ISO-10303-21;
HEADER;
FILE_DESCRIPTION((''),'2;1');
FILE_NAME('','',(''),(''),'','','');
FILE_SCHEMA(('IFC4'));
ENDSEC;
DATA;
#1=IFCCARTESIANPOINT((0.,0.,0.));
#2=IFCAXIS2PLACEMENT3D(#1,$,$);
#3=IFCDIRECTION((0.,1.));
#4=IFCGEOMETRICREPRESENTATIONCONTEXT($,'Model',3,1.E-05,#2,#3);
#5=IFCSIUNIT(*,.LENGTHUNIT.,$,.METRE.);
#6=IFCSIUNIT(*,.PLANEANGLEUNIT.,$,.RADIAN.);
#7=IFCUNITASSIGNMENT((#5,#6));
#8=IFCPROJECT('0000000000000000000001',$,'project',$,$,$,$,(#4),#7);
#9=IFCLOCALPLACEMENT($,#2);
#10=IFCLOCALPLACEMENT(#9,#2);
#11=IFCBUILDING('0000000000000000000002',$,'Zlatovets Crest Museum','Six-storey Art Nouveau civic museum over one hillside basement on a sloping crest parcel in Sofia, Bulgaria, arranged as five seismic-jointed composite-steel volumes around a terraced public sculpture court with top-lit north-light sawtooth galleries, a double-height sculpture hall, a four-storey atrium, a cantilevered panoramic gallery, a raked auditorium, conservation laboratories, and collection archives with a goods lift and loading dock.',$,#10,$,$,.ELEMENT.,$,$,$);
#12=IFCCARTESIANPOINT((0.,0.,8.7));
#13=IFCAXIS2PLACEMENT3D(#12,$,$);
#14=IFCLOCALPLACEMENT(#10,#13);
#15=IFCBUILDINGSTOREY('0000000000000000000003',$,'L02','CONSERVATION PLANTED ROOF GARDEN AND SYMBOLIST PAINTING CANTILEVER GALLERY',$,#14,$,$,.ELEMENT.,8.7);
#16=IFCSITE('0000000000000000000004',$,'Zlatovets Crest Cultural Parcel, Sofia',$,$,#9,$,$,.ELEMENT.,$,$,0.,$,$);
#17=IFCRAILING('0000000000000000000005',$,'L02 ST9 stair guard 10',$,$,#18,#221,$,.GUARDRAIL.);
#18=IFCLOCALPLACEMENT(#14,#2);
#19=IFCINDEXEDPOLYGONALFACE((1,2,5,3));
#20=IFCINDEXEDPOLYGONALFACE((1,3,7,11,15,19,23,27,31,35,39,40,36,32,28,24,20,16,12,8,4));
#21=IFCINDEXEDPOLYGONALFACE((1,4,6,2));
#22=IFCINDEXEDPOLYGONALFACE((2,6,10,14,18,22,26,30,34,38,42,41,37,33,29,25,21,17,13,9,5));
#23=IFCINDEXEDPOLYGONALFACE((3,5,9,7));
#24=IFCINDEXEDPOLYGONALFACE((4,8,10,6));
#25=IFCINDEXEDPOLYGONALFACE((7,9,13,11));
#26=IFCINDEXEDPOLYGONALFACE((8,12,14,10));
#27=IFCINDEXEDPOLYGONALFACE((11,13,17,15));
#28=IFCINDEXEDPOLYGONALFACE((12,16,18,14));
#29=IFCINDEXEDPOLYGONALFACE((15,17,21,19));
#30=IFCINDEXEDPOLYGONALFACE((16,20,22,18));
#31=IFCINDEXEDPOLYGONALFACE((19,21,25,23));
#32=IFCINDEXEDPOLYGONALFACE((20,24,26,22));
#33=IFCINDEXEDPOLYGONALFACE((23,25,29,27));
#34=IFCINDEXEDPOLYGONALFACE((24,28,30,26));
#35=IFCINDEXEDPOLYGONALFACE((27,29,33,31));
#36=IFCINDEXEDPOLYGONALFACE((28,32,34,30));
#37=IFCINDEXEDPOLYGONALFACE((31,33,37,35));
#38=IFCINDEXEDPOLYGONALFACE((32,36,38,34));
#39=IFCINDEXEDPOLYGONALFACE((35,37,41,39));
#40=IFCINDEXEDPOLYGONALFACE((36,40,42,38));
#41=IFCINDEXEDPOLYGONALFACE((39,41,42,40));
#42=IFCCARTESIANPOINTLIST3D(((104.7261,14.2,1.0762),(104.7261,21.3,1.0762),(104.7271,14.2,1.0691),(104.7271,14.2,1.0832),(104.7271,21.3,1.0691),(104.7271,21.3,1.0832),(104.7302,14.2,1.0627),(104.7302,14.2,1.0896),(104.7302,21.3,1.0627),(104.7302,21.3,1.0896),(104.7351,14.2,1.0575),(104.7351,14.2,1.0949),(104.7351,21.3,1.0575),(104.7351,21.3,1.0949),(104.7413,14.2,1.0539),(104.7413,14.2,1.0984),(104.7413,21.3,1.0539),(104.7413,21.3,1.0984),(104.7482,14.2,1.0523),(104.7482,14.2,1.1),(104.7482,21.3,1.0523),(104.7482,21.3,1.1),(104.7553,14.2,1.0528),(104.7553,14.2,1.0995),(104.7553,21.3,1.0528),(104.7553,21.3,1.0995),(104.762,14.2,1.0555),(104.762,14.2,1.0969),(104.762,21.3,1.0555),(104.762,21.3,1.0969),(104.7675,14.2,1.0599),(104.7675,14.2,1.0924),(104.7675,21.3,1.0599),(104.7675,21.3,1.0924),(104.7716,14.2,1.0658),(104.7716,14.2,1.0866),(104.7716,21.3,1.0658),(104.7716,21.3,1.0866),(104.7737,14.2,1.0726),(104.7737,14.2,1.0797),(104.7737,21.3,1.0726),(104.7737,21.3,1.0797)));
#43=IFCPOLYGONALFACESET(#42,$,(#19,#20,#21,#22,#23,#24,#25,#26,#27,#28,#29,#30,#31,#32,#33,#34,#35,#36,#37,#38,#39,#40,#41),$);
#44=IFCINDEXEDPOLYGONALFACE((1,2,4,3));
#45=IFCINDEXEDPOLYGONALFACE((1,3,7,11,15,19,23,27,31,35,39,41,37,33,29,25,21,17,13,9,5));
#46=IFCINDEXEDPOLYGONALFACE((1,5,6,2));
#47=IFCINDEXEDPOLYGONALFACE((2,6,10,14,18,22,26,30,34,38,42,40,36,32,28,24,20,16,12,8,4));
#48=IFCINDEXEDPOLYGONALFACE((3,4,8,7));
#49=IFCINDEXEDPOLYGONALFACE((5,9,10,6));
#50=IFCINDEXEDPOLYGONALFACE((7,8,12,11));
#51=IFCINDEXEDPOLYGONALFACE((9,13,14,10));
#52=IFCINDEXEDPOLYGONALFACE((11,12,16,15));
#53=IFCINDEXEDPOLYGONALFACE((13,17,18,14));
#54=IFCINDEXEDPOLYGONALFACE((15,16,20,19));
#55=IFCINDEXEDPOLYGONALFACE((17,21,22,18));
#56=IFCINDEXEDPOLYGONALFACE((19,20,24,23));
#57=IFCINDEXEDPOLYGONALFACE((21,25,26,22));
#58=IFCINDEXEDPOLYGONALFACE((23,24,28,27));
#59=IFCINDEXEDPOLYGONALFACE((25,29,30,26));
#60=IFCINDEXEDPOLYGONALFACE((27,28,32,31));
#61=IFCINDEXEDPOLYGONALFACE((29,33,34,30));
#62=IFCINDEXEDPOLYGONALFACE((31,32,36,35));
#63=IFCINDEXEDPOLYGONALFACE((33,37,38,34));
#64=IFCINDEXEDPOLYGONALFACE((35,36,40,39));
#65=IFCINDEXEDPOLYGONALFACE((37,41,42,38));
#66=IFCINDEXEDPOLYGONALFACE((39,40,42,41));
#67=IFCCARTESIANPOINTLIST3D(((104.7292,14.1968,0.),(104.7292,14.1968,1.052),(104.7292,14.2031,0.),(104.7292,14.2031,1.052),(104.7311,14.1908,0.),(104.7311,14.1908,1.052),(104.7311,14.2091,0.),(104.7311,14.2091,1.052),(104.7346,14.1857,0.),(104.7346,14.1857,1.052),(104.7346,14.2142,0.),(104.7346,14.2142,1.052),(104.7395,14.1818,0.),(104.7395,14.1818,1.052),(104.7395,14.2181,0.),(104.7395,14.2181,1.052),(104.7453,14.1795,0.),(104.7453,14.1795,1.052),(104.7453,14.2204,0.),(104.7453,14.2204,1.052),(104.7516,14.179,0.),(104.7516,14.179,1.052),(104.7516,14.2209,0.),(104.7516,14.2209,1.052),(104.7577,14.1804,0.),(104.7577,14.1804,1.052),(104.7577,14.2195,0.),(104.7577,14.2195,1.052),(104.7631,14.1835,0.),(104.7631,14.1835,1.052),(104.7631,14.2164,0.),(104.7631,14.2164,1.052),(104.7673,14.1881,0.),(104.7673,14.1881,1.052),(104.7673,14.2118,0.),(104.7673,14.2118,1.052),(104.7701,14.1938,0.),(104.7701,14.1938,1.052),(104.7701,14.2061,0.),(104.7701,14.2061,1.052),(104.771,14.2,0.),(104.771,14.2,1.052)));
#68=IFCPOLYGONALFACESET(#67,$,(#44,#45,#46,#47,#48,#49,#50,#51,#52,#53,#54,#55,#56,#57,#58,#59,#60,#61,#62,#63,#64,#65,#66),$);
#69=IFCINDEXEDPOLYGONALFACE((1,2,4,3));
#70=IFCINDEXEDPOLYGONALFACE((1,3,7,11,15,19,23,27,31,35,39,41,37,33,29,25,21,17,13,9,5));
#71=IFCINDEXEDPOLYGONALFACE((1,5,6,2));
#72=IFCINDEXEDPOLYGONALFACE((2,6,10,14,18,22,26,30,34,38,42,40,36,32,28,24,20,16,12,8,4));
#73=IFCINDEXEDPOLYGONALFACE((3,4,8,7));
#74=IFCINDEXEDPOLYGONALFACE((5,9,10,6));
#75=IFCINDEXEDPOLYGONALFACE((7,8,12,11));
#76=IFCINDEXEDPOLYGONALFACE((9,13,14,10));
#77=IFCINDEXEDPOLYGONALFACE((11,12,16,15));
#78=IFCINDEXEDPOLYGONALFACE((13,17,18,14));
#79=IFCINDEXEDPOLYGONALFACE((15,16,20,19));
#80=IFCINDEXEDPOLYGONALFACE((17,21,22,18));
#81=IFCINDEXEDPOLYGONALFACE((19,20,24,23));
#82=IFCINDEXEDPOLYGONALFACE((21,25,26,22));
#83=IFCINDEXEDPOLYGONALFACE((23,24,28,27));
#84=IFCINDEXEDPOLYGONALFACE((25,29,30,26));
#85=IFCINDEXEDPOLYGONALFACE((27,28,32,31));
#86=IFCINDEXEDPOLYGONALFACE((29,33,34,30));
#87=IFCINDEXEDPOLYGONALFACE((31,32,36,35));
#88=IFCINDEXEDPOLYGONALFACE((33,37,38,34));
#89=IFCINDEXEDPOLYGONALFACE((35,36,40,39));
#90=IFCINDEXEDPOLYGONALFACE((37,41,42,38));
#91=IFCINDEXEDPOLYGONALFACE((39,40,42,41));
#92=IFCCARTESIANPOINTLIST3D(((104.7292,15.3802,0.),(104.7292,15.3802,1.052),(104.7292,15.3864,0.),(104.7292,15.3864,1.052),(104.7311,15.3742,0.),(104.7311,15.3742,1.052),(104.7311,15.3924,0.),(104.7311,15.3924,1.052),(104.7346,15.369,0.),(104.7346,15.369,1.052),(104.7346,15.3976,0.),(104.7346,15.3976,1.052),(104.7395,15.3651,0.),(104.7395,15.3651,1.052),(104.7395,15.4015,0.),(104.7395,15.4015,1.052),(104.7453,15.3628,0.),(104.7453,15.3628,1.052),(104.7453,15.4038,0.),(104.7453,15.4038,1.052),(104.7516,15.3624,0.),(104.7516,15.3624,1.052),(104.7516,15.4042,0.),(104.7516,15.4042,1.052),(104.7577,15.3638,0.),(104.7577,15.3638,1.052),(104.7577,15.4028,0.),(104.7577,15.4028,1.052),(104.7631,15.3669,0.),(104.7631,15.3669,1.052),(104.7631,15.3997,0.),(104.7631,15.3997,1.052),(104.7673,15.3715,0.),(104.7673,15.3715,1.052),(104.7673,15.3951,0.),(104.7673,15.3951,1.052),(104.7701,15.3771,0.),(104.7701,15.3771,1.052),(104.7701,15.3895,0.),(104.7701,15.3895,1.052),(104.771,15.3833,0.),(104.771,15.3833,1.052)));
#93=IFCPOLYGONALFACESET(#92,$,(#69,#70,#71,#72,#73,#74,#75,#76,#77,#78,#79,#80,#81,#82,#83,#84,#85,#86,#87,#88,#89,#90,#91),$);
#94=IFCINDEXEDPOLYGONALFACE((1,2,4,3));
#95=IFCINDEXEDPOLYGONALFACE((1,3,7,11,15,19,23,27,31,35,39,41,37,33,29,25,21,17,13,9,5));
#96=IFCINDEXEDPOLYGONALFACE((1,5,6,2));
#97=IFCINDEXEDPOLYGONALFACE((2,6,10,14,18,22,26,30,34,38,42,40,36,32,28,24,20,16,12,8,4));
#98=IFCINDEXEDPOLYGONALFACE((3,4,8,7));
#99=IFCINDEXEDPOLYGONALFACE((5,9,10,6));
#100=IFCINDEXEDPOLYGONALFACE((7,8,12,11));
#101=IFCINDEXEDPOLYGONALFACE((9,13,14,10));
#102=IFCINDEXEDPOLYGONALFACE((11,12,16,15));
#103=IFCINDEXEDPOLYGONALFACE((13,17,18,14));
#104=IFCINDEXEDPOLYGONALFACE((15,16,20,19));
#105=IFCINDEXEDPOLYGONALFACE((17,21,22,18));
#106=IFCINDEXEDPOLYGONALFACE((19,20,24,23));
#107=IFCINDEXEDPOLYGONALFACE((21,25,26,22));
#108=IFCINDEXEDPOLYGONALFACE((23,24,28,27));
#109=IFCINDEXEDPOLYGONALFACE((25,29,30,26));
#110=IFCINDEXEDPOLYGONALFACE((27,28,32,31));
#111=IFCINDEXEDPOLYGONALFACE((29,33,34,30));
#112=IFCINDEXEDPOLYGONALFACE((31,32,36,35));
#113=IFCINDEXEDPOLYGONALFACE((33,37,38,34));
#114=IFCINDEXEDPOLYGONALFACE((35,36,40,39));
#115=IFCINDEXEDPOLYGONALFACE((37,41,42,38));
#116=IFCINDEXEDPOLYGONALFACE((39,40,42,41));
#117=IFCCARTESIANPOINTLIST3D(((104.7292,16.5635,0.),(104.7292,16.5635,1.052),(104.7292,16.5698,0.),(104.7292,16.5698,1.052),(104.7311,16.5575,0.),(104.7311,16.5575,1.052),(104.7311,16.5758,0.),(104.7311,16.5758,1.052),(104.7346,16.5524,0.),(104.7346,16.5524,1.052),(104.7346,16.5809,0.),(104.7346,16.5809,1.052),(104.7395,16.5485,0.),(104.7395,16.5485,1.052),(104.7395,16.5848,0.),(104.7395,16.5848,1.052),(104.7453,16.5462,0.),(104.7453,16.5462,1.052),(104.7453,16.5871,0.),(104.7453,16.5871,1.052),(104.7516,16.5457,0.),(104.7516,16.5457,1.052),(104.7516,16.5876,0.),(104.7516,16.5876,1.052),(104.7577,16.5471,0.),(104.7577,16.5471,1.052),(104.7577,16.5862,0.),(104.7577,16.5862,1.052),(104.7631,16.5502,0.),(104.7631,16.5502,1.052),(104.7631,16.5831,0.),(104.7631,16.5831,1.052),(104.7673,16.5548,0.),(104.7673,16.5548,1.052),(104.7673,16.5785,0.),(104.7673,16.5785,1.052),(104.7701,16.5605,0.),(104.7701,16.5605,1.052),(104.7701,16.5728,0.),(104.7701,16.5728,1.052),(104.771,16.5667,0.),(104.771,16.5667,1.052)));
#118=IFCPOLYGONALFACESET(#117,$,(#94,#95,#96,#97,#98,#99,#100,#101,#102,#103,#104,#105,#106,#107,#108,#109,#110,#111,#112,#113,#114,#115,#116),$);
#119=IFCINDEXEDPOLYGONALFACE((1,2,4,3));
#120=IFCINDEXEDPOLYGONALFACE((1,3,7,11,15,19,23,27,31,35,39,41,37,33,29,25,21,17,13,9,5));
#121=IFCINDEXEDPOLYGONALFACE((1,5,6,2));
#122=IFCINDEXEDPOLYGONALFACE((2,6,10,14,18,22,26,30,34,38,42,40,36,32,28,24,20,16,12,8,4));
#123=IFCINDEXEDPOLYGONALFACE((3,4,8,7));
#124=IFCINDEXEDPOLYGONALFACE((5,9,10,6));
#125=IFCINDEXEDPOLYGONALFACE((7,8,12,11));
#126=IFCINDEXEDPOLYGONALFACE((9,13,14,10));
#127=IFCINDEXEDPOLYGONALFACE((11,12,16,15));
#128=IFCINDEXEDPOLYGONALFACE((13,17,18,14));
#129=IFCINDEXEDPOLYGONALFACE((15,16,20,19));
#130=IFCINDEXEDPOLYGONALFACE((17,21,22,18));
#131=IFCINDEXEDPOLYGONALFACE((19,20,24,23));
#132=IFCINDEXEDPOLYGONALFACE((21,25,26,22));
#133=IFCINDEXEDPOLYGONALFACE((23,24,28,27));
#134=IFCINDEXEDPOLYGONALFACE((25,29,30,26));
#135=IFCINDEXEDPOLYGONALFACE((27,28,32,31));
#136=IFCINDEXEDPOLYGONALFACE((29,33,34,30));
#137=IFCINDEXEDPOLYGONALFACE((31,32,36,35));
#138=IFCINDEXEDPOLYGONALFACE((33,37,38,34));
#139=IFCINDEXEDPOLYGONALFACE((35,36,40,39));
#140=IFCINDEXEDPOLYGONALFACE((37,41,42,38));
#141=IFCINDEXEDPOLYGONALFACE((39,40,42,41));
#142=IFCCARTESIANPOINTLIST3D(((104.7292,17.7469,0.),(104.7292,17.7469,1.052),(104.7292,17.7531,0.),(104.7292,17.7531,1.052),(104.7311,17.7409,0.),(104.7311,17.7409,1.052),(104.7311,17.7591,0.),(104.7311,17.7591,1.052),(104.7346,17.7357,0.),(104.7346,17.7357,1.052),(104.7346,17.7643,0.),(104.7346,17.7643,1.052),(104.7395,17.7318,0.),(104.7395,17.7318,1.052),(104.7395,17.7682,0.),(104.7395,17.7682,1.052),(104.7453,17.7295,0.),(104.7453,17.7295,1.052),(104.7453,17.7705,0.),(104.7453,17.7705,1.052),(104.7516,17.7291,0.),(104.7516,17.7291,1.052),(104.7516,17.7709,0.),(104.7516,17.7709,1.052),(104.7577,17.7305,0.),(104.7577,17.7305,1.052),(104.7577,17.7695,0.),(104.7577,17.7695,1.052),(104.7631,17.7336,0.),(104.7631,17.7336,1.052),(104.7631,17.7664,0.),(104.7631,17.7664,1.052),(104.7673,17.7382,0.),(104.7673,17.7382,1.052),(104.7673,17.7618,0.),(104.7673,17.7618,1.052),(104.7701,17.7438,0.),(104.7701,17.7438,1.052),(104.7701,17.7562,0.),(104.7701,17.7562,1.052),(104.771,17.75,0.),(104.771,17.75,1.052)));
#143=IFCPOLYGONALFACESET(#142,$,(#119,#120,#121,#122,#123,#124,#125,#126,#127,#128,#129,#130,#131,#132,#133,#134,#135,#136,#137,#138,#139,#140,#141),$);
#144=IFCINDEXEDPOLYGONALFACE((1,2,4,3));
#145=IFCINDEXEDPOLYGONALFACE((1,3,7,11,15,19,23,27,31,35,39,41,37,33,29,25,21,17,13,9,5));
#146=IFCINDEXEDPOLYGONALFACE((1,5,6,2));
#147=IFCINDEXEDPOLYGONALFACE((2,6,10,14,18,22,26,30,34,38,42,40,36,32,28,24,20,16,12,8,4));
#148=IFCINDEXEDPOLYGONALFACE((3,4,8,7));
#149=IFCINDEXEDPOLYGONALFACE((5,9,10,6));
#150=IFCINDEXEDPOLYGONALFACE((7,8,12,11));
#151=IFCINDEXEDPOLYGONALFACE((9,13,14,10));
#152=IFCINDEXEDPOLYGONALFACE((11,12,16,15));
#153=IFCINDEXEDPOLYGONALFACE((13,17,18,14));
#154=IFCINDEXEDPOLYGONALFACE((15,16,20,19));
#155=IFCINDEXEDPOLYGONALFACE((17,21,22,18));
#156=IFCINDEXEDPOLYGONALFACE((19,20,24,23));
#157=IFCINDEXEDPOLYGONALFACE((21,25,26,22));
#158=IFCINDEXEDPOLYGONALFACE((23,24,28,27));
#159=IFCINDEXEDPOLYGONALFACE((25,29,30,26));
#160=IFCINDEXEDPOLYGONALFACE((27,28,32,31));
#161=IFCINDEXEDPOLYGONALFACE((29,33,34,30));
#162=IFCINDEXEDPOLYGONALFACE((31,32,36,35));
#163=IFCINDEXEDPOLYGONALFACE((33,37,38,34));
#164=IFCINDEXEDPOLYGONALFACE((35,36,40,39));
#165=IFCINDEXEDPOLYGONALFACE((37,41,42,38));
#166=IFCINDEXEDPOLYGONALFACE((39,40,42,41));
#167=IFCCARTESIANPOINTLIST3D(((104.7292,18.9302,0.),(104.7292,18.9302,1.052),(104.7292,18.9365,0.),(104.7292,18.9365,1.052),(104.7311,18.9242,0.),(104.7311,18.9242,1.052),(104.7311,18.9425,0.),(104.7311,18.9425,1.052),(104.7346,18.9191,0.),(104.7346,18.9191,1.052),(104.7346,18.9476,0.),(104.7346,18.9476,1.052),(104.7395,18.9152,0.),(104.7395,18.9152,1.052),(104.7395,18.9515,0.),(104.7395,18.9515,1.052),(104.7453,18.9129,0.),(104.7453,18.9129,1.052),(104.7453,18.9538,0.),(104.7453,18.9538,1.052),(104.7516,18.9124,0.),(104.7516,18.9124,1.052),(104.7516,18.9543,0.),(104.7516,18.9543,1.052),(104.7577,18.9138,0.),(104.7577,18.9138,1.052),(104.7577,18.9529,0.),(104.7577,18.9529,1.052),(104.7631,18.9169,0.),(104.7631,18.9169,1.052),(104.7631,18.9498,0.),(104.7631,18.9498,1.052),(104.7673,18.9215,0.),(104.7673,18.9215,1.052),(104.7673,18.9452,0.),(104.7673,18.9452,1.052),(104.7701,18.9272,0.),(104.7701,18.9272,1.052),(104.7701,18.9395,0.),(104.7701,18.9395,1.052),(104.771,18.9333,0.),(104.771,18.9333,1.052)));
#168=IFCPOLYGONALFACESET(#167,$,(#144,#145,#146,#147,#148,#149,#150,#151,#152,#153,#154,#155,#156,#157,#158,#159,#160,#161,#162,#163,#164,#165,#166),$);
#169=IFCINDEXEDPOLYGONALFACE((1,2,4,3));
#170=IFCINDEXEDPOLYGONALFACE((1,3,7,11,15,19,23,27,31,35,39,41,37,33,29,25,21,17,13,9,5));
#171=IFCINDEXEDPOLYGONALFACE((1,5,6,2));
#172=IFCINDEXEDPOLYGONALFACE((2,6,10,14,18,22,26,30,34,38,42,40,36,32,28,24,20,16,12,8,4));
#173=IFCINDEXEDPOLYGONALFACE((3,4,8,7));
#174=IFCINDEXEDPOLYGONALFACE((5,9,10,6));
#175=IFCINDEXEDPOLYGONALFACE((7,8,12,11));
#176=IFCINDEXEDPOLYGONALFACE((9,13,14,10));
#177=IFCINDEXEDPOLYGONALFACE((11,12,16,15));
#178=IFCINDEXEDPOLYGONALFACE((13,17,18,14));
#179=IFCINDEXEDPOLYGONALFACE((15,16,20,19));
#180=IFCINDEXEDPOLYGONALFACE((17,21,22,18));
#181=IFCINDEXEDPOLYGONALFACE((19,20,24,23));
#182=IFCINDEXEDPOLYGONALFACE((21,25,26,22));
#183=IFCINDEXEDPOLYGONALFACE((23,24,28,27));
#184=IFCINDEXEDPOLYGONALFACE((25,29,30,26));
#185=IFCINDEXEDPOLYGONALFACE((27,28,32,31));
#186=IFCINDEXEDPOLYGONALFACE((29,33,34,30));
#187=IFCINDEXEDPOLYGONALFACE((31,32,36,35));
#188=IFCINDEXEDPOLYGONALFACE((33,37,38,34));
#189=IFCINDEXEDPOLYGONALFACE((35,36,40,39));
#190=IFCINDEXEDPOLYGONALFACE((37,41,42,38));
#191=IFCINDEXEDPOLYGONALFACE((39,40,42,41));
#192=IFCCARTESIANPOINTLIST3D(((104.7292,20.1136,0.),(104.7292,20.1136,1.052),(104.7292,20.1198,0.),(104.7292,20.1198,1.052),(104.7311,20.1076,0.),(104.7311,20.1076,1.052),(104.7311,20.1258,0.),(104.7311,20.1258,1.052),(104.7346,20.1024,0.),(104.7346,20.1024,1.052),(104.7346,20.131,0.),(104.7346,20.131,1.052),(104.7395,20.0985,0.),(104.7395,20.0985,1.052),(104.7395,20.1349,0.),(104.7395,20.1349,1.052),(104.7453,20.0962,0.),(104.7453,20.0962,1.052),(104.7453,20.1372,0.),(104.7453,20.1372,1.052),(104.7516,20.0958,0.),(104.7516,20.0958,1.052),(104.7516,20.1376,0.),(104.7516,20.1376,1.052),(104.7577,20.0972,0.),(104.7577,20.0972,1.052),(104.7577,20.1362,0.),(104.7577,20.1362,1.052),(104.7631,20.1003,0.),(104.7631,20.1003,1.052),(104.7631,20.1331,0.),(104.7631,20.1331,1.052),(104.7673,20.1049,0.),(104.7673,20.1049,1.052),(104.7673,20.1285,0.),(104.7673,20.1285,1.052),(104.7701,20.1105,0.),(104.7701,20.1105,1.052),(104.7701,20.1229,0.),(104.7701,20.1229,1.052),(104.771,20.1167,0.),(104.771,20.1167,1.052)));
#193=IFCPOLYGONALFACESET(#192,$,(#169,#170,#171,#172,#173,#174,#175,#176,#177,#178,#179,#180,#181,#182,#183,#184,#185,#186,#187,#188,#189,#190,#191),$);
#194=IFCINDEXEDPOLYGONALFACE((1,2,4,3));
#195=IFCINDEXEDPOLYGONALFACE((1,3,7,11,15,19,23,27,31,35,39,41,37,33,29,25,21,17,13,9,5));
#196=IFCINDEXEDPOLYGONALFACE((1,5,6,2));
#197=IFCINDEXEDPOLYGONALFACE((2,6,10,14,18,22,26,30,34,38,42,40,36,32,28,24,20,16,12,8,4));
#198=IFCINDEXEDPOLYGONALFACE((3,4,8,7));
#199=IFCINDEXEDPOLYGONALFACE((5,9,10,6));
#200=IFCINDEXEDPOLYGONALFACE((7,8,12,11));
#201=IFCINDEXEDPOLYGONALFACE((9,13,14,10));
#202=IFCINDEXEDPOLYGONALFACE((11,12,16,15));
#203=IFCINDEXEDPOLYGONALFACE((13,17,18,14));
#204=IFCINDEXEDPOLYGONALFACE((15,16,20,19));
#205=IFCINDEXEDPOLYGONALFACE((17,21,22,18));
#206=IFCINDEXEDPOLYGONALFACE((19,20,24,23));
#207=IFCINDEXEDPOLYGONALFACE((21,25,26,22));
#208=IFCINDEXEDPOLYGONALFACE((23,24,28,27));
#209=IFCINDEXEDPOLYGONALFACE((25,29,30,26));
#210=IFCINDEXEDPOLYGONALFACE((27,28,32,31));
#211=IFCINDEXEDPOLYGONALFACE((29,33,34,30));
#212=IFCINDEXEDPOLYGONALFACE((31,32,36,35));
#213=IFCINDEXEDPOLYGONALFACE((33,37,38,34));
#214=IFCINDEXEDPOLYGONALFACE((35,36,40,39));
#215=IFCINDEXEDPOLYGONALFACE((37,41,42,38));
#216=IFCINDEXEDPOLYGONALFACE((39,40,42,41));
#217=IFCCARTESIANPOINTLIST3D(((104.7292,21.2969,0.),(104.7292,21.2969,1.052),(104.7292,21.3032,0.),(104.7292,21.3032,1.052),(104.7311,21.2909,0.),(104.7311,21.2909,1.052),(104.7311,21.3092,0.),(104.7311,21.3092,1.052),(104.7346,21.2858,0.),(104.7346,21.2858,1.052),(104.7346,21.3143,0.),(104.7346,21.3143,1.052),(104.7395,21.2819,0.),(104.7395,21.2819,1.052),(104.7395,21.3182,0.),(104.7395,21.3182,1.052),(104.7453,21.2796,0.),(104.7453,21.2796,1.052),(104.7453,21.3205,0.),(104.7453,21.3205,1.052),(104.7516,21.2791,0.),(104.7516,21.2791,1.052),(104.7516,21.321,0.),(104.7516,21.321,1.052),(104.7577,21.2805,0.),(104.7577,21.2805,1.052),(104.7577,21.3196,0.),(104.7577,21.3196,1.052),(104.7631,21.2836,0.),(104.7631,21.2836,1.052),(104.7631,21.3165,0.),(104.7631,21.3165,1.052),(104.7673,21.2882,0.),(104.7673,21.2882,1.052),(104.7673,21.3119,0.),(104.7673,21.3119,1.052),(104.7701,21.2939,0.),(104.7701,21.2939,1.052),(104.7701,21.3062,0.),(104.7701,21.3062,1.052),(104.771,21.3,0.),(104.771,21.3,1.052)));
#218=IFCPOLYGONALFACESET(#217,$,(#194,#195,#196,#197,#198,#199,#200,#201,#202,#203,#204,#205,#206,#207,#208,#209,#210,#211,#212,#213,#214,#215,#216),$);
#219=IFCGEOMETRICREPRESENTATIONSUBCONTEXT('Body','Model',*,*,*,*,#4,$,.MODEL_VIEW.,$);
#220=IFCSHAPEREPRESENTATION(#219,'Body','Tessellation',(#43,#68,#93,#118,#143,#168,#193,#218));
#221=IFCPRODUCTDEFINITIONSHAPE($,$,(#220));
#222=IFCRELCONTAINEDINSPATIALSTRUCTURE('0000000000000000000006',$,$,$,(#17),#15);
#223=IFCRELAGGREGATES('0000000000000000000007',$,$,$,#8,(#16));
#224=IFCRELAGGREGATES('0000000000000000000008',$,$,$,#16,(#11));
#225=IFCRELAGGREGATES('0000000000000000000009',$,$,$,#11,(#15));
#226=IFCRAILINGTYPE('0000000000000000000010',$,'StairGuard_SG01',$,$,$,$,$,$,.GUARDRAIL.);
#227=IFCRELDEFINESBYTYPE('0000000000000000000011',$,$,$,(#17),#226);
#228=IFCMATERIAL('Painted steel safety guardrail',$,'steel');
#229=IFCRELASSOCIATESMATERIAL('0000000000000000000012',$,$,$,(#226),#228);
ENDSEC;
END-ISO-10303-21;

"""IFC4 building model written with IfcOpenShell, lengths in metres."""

from ifc_helpers import new_model, si_unit, direction, frame, origin, origin_2d, place, context, subcontext, project, spatial, circle, extrude, material, type_object, element, save


model = new_model("IFC4")

# Units and contexts
model_context = context("Model", 3, precision=1e-05, world=origin(), true_north=direction((0.0, 1.0)))
body_context = subcontext(model_context, "Body", "Model", "MODEL_VIEW")
ifc_project = project(units=[si_unit("LENGTHUNIT", "METRE"), si_unit("PLANEANGLEUNIT", "RADIAN")], contexts=[model_context])

# Site, building, storey
site_placement = place(None, origin())
site = spatial("IfcSite", under=ifc_project, at=site_placement, Name="Zlatovets Crest Cultural Parcel, Sofia", CompositionType="ELEMENT", RefElevation=0.0)
building_placement = place(site_placement, origin())
building = spatial("IfcBuilding", under=site, at=building_placement, Name="Zlatovets Crest Museum", Description="Six-storey Art Nouveau civic museum over one hillside basement on a sloping crest parcel in Sofia, Bulgaria, arranged as five seismic-jointed composite-steel volumes around a terraced public sculpture court with top-lit north-light sawtooth galleries, a double-height sculpture hall, a four-storey atrium, a cantilevered panoramic gallery, a raked auditorium, conservation laboratories, and collection archives with a goods lift and loading dock.", CompositionType="ELEMENT")
storey_placement = place(building_placement, frame((0.0, 0.0, 8.7)))
storey = spatial("IfcBuildingStorey", under=building, at=storey_placement, Name="L02", Description="CONSERVATION PLANTED ROOF GARDEN AND SYMBOLIST PAINTING CANTILEVER GALLERY", CompositionType="ELEMENT", Elevation=8.7)

# Railing
ifc_material_1 = material(Name="Painted steel safety guardrail", Category="steel")
railing_type_1 = type_object("IfcRailingType", Name="StairGuard_SG01", PredefinedType="GUARDRAIL", material=ifc_material_1)
for number, where, name in (
    (1, (104.75, 14.2, 0.0), "L02 ST9 stair guard 10"),
):
    element("IfcRailing", number, at=place(storey_placement, frame(where)), inside=storey, type_object=railing_type_1, Name=name, PredefinedType="GUARDRAIL", context=body_context, shape_type="SweptSolid", body=[
        extrude(circle(Radius=0.0239, at=origin_2d()), frame((0.0, 0.0, 1.0762), z_axis=(0.0, 1.0, 0.0), x_axis=(-1.0, 0.0, 0.0)), (0.0, 0.0, 1.0), 7.1001),
        extrude(circle(Radius=0.021, at=origin_2d()), origin(), (0.0, 0.0, 1.0), 1.052),
        extrude(circle(Radius=0.021, at=origin_2d()), frame((0.0, 1.1833, 0.0)), (0.0, 0.0, 1.0), 1.052),
        extrude(circle(Radius=0.021, at=origin_2d()), frame((0.0, 2.3667, 0.0)), (0.0, 0.0, 1.0), 1.052),
        extrude(circle(Radius=0.021, at=origin_2d()), frame((0.0, 3.55, 0.0)), (0.0, 0.0, 1.0), 1.052),
        extrude(circle(Radius=0.021, at=origin_2d()), frame((0.0, 4.7334, 0.0)), (0.0, 0.0, 1.0), 1.052),
        extrude(circle(Radius=0.021, at=origin_2d()), frame((0.0, 5.9167, 0.0)), (0.0, 0.0, 1.0), 1.052),
        extrude(circle(Radius=0.021, at=origin_2d()), frame((0.0, 7.1001, 0.0)), (0.0, 0.0, 1.0), 1.052),
    ])

save(model, "model.ifc")
